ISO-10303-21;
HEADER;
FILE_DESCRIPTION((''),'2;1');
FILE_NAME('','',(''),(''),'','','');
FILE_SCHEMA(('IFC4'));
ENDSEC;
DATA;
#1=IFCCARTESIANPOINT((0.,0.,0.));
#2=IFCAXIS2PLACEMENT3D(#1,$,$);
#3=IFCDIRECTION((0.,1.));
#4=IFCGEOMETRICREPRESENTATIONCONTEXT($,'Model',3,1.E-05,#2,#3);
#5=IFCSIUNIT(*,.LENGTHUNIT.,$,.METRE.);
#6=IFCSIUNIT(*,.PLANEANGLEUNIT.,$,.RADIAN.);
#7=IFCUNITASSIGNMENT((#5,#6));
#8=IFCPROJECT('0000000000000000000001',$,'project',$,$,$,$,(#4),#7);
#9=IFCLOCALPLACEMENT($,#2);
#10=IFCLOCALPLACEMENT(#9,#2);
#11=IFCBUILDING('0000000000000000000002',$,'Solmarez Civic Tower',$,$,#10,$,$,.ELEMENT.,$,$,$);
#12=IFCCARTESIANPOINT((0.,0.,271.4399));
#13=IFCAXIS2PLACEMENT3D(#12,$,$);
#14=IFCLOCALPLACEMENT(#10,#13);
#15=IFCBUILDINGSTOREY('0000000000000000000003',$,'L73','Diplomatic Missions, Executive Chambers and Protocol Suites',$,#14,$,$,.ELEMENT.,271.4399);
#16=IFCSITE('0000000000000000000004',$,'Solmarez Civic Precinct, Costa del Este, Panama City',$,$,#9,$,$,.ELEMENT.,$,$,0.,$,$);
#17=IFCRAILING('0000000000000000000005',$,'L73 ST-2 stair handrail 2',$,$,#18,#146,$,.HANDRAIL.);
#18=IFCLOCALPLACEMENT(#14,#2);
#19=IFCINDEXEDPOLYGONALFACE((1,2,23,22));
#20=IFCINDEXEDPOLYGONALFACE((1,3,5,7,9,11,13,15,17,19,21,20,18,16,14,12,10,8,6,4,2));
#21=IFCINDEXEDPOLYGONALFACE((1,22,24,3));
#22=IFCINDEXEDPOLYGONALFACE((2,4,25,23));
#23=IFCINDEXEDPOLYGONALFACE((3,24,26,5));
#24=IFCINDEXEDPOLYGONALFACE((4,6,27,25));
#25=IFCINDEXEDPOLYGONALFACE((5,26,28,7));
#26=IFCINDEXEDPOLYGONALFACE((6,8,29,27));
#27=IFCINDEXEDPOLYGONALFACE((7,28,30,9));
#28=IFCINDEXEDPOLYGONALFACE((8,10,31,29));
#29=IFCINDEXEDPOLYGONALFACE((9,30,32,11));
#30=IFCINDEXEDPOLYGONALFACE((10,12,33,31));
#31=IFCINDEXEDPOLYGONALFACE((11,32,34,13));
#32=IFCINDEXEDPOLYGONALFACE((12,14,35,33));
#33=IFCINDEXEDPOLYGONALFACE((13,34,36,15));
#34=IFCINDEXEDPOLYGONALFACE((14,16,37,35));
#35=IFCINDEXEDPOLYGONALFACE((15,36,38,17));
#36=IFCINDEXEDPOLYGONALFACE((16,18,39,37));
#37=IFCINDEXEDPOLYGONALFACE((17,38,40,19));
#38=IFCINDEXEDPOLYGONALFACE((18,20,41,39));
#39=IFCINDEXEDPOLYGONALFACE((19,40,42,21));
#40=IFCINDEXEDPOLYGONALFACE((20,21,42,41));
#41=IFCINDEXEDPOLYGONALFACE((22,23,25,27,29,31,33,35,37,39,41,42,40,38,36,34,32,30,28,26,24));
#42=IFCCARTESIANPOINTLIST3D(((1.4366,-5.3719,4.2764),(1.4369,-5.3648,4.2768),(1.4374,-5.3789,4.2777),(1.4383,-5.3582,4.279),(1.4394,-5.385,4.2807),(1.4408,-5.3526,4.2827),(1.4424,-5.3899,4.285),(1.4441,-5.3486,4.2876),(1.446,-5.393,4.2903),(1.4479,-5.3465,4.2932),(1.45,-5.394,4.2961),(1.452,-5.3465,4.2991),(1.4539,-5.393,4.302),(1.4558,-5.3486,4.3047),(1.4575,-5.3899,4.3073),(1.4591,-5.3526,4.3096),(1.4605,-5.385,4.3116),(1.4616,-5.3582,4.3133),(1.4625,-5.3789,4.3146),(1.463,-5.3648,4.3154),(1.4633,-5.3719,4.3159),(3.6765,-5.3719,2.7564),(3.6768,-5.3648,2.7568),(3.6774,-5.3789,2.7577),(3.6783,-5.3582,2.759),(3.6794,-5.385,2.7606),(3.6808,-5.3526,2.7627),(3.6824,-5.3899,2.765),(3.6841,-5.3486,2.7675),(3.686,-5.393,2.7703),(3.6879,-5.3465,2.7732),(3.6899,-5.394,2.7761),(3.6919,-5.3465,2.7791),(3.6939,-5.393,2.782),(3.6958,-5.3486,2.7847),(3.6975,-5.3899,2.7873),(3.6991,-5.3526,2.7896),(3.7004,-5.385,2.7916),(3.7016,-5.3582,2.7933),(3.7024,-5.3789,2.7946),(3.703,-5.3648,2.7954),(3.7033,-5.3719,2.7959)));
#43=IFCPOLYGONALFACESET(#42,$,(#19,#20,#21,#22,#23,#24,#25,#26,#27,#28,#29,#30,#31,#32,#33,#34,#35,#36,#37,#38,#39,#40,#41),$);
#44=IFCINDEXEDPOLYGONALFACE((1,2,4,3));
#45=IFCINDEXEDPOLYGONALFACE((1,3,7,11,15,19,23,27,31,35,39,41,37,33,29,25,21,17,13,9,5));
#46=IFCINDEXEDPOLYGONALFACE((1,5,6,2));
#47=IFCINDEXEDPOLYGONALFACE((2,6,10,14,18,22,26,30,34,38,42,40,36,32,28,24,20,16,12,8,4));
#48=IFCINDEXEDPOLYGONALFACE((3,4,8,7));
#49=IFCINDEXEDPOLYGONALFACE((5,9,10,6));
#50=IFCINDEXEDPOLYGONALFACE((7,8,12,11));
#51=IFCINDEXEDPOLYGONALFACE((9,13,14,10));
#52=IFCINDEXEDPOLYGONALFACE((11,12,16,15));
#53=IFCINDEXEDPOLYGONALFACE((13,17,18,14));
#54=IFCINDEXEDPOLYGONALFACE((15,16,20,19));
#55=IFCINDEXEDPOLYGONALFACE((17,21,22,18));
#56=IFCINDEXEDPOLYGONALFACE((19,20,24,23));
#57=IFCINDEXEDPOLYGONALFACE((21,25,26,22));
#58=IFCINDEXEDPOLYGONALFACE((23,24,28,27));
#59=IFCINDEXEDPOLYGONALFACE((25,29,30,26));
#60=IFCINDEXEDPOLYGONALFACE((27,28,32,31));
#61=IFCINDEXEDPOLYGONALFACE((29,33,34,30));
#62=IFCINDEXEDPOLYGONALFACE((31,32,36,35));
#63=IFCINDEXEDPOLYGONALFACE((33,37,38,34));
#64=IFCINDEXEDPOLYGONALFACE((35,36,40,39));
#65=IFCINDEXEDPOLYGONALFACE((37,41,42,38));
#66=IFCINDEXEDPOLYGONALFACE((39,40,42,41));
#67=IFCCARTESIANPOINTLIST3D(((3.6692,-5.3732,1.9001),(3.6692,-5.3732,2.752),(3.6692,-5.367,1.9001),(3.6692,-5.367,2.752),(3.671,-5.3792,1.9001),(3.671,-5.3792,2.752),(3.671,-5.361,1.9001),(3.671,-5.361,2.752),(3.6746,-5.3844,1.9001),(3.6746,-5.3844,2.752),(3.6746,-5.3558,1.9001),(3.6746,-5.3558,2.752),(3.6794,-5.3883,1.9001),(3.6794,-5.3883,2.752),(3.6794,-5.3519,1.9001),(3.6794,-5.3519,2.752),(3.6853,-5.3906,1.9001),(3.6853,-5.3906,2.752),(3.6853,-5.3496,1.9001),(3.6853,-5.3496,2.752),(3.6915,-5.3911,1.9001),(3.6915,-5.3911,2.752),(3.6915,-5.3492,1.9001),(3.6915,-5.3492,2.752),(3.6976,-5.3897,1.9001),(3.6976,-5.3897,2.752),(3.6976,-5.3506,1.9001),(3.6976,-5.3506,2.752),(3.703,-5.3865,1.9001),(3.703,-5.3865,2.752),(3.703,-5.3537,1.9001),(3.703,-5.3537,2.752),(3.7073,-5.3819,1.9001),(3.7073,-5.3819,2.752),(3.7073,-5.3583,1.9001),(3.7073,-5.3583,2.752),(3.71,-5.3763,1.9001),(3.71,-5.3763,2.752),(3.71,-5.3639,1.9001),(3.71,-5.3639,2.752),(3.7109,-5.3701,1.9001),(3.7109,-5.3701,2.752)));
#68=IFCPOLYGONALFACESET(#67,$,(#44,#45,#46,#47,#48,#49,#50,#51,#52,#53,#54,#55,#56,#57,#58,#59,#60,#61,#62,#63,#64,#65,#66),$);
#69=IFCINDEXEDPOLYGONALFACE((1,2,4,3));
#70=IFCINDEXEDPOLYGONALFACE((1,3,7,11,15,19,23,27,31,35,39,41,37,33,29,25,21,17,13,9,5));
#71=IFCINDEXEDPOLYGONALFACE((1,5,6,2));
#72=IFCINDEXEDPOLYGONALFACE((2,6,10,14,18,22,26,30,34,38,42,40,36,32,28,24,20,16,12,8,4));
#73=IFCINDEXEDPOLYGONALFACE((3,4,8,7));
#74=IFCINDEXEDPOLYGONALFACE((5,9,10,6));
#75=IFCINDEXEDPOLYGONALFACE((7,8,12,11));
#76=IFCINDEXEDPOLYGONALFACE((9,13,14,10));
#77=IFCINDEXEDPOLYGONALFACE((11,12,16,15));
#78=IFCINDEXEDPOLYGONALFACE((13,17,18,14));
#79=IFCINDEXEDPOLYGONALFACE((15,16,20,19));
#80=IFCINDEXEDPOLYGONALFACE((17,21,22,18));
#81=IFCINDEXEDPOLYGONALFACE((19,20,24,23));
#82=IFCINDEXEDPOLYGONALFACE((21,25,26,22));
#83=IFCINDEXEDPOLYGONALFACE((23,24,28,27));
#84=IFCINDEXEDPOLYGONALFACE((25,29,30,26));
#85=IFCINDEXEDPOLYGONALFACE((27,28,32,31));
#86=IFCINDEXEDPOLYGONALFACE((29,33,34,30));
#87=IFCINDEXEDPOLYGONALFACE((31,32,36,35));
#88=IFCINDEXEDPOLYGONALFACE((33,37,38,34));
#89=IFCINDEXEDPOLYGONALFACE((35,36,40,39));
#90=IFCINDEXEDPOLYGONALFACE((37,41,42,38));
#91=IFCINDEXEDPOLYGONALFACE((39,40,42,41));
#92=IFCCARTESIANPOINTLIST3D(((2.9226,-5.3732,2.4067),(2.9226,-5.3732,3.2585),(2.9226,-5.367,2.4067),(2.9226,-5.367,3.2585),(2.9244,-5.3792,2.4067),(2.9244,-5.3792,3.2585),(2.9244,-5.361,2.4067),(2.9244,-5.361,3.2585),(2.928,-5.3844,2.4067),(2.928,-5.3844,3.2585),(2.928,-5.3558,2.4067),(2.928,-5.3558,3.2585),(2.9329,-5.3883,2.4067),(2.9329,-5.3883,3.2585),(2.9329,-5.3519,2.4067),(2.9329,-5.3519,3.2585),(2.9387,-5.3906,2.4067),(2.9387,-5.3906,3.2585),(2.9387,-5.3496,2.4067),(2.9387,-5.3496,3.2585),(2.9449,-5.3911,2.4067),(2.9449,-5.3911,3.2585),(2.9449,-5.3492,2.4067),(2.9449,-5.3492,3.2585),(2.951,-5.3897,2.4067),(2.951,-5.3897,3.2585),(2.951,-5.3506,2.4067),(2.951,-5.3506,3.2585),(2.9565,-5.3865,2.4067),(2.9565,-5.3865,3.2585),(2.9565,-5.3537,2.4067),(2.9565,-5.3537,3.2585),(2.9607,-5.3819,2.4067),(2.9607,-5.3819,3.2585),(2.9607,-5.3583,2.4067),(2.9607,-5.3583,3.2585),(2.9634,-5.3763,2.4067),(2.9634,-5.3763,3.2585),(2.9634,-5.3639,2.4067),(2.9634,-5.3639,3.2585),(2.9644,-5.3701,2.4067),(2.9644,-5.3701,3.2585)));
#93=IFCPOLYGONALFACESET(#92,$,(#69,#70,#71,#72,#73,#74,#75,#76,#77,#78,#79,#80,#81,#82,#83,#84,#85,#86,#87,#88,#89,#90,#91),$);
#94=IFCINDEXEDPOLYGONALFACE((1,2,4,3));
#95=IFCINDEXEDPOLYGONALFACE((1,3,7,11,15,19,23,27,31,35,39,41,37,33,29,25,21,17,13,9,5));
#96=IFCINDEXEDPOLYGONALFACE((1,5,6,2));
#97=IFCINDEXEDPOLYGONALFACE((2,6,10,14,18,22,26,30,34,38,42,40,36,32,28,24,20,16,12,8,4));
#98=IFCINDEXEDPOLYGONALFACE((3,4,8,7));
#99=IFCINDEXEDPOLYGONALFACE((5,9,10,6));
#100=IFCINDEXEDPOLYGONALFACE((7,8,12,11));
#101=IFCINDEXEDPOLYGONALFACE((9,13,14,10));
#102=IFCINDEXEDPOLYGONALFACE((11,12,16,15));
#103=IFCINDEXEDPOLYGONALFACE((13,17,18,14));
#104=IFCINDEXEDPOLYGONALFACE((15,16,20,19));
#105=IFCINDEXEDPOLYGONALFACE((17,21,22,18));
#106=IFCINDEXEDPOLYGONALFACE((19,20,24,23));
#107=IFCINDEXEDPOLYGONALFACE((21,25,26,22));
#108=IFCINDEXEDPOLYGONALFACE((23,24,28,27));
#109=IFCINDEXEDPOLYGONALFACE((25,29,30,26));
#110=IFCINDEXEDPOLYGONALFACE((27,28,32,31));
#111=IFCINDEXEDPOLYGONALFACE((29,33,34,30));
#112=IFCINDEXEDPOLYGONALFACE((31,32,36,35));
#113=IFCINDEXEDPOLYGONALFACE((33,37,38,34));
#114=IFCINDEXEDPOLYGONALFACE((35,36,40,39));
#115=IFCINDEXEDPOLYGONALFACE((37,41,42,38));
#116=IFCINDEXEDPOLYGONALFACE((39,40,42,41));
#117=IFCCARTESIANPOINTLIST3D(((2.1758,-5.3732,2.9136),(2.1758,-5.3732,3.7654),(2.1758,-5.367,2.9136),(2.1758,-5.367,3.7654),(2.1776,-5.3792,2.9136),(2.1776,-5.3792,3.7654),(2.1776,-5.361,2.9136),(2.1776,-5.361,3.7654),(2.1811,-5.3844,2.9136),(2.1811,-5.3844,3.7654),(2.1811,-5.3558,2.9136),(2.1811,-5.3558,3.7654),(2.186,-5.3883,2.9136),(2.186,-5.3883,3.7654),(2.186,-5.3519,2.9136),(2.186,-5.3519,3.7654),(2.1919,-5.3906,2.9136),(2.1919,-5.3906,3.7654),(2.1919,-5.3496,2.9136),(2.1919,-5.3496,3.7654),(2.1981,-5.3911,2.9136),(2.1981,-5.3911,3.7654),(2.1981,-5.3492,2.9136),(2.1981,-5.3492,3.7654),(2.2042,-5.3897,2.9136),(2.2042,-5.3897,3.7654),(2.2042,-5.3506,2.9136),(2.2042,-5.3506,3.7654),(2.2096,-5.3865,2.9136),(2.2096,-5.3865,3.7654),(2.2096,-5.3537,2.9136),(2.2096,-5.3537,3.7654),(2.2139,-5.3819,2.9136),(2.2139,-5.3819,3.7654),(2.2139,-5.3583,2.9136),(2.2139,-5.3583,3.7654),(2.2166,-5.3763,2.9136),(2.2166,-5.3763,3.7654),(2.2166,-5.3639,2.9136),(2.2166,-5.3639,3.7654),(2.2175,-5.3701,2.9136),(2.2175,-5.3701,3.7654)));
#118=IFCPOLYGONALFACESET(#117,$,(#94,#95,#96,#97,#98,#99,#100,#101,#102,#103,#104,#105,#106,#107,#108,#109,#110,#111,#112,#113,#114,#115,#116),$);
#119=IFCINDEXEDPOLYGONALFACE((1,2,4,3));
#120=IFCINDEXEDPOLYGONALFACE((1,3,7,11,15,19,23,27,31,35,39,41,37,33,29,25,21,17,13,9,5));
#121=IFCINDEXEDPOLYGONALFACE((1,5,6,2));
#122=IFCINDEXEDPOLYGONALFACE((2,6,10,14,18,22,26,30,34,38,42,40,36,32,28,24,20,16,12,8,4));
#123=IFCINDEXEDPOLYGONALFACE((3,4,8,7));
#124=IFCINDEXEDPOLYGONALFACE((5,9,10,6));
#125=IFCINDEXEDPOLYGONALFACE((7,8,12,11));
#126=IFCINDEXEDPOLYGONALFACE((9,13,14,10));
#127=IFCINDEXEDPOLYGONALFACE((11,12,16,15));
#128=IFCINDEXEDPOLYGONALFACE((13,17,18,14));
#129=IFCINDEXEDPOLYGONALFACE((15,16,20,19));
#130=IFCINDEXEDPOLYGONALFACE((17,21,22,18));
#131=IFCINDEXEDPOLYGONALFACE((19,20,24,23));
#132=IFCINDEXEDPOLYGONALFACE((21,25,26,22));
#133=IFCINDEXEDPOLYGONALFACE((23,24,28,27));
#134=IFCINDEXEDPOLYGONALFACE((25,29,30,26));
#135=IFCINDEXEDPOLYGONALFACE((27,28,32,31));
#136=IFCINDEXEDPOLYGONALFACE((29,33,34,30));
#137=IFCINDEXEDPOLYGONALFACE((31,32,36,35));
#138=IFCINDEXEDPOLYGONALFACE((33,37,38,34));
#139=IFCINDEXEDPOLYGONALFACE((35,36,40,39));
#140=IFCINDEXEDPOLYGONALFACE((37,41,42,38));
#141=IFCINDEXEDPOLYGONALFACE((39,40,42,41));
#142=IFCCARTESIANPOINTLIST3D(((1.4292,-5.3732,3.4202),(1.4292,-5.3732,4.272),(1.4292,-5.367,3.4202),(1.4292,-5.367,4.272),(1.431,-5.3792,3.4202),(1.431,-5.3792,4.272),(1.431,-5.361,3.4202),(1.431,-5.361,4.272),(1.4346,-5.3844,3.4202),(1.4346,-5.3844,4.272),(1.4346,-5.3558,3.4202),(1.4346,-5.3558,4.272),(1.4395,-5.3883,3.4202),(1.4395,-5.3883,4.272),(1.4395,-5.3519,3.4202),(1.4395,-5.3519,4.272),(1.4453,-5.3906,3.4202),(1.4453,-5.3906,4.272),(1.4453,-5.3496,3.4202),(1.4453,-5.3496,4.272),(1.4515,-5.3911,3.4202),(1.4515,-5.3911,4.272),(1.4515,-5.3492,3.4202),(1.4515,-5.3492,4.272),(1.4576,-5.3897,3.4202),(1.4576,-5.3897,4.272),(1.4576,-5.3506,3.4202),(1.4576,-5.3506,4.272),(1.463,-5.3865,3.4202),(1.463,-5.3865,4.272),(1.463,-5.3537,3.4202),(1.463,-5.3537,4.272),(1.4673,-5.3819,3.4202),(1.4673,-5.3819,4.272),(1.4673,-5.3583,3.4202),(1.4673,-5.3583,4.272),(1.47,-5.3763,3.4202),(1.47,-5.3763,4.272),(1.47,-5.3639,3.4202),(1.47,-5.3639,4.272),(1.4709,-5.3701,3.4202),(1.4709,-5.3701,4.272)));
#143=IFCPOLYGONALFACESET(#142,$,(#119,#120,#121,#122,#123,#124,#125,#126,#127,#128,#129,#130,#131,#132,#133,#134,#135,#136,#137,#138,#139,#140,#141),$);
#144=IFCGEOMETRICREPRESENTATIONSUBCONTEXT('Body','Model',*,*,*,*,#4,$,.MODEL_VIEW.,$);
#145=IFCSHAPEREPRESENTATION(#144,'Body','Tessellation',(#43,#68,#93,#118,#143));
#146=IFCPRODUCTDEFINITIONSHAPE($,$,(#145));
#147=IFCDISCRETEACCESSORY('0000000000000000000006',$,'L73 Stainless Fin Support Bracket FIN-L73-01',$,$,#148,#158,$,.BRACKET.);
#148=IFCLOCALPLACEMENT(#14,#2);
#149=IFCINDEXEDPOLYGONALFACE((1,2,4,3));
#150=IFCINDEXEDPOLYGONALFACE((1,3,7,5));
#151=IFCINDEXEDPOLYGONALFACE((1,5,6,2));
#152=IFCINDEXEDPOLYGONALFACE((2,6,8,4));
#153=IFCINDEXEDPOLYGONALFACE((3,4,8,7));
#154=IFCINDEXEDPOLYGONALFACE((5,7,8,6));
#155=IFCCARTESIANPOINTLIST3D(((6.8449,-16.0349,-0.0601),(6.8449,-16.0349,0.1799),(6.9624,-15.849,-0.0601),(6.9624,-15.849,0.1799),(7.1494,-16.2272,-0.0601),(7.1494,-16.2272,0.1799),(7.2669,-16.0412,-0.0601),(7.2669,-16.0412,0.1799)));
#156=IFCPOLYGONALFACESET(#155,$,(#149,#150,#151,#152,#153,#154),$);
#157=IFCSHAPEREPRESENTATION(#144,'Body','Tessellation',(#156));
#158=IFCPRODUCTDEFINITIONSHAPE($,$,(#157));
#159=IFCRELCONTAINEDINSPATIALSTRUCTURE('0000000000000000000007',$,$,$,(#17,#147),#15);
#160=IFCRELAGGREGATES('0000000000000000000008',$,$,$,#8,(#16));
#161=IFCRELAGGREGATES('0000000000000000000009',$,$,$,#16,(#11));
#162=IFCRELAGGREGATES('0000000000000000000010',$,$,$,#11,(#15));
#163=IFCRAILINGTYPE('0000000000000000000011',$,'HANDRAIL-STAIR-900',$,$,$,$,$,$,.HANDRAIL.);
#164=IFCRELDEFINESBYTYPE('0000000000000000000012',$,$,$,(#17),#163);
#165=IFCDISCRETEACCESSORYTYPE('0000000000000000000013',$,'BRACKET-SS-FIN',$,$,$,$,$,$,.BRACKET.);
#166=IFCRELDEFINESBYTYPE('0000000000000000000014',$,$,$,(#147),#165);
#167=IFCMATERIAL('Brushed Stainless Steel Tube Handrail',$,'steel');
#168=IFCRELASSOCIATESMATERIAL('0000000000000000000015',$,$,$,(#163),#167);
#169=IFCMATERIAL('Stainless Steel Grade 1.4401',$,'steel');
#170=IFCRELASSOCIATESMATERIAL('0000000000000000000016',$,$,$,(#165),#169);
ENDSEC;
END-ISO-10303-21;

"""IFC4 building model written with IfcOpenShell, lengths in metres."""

from ifc_helpers import new_model, si_unit, direction, frame, origin, origin_2d, place, context, subcontext, project, spatial, rectangle, circle, extrude, material, type_object, element, save


model = new_model("IFC4")

# Units and contexts
model_context = context("Model", 3, precision=1e-05, world=origin(), true_north=direction((0.0, 1.0)))
body_context = subcontext(model_context, "Body", "Model", "MODEL_VIEW")
ifc_project = project(units=[si_unit("LENGTHUNIT", "METRE"), si_unit("PLANEANGLEUNIT", "RADIAN")], contexts=[model_context])

# Site, building, storey
site_placement = place(None, origin())
site = spatial("IfcSite", under=ifc_project, at=site_placement, Name="Solmarez Civic Precinct, Costa del Este, Panama City", CompositionType="ELEMENT", RefElevation=0.0)
building_placement = place(site_placement, origin())
building = spatial("IfcBuilding", under=site, at=building_placement, Name="Solmarez Civic Tower", CompositionType="ELEMENT")
storey_placement = place(building_placement, frame((0.0, 0.0, 271.4399)))
storey = spatial("IfcBuildingStorey", under=building, at=storey_placement, Name="L73", Description="Diplomatic Missions, Executive Chambers and Protocol Suites", CompositionType="ELEMENT", Elevation=271.4399)

# Railing
ifc_material_1 = material(Name="Brushed Stainless Steel Tube Handrail", Category="steel")
railing_type_1 = type_object("IfcRailingType", Name="HANDRAIL-STAIR-900", PredefinedType="HANDRAIL", material=ifc_material_1)
railing_1_placement = place(storey_placement, frame((3.6899, -5.3701, 1.9001)))
element("IfcRailing", 1, at=railing_1_placement, inside=storey, type_object=railing_type_1, Name="L73 ST-2 stair handrail 2", PredefinedType="HANDRAIL", context=body_context, shape_type="SweptSolid", body=[
    extrude(circle(Radius=0.0239, at=origin_2d()), frame((0.0, 0.0, 0.876), z_axis=(-0.827471, 0.0, 0.561508), x_axis=(0.0, -1.0, 0.0)), (0.0, 0.0, 1.0), 2.707),
    extrude(circle(Radius=0.021, at=origin_2d()), origin(), (0.0, 0.0, 1.0), 0.8518),
    extrude(circle(Radius=0.021, at=origin_2d()), frame((-0.7466, 0.0, 0.5066)), (0.0, 0.0, 1.0), 0.8518),
    extrude(circle(Radius=0.021, at=origin_2d()), frame((-1.4934, 0.0, 1.0134)), (0.0, 0.0, 1.0), 0.8518),
    extrude(circle(Radius=0.021, at=origin_2d()), frame((-2.24, 0.0, 1.52)), (0.0, 0.0, 1.0), 0.8518),
])

# Discrete accessory
ifc_material_2 = material(Name="Stainless Steel Grade 1.4401", Category="steel")
discrete_accessory_type = type_object("IfcDiscreteAccessoryType", Name="BRACKET-SS-FIN", PredefinedType="BRACKET", material=ifc_material_2)
discrete_accessory_placement = place(storey_placement, frame((7.0559, -16.0381, -0.0601), z_axis=(0.0, 0.0, 1.0), x_axis=(0.845512, -0.533957, 0.0)))
element("IfcDiscreteAccessory", 2, at=discrete_accessory_placement, inside=storey, type_object=discrete_accessory_type, Name="L73 Stainless Fin Support Bracket FIN-L73-01", PredefinedType="BRACKET", context=body_context, shape_type="SweptSolid", body=[
    extrude(rectangle(XDim=0.3601, YDim=0.22, at=origin_2d()), origin(), (0.0, 0.0, 1.0), 0.24),
])

save(model, "model.ifc")
